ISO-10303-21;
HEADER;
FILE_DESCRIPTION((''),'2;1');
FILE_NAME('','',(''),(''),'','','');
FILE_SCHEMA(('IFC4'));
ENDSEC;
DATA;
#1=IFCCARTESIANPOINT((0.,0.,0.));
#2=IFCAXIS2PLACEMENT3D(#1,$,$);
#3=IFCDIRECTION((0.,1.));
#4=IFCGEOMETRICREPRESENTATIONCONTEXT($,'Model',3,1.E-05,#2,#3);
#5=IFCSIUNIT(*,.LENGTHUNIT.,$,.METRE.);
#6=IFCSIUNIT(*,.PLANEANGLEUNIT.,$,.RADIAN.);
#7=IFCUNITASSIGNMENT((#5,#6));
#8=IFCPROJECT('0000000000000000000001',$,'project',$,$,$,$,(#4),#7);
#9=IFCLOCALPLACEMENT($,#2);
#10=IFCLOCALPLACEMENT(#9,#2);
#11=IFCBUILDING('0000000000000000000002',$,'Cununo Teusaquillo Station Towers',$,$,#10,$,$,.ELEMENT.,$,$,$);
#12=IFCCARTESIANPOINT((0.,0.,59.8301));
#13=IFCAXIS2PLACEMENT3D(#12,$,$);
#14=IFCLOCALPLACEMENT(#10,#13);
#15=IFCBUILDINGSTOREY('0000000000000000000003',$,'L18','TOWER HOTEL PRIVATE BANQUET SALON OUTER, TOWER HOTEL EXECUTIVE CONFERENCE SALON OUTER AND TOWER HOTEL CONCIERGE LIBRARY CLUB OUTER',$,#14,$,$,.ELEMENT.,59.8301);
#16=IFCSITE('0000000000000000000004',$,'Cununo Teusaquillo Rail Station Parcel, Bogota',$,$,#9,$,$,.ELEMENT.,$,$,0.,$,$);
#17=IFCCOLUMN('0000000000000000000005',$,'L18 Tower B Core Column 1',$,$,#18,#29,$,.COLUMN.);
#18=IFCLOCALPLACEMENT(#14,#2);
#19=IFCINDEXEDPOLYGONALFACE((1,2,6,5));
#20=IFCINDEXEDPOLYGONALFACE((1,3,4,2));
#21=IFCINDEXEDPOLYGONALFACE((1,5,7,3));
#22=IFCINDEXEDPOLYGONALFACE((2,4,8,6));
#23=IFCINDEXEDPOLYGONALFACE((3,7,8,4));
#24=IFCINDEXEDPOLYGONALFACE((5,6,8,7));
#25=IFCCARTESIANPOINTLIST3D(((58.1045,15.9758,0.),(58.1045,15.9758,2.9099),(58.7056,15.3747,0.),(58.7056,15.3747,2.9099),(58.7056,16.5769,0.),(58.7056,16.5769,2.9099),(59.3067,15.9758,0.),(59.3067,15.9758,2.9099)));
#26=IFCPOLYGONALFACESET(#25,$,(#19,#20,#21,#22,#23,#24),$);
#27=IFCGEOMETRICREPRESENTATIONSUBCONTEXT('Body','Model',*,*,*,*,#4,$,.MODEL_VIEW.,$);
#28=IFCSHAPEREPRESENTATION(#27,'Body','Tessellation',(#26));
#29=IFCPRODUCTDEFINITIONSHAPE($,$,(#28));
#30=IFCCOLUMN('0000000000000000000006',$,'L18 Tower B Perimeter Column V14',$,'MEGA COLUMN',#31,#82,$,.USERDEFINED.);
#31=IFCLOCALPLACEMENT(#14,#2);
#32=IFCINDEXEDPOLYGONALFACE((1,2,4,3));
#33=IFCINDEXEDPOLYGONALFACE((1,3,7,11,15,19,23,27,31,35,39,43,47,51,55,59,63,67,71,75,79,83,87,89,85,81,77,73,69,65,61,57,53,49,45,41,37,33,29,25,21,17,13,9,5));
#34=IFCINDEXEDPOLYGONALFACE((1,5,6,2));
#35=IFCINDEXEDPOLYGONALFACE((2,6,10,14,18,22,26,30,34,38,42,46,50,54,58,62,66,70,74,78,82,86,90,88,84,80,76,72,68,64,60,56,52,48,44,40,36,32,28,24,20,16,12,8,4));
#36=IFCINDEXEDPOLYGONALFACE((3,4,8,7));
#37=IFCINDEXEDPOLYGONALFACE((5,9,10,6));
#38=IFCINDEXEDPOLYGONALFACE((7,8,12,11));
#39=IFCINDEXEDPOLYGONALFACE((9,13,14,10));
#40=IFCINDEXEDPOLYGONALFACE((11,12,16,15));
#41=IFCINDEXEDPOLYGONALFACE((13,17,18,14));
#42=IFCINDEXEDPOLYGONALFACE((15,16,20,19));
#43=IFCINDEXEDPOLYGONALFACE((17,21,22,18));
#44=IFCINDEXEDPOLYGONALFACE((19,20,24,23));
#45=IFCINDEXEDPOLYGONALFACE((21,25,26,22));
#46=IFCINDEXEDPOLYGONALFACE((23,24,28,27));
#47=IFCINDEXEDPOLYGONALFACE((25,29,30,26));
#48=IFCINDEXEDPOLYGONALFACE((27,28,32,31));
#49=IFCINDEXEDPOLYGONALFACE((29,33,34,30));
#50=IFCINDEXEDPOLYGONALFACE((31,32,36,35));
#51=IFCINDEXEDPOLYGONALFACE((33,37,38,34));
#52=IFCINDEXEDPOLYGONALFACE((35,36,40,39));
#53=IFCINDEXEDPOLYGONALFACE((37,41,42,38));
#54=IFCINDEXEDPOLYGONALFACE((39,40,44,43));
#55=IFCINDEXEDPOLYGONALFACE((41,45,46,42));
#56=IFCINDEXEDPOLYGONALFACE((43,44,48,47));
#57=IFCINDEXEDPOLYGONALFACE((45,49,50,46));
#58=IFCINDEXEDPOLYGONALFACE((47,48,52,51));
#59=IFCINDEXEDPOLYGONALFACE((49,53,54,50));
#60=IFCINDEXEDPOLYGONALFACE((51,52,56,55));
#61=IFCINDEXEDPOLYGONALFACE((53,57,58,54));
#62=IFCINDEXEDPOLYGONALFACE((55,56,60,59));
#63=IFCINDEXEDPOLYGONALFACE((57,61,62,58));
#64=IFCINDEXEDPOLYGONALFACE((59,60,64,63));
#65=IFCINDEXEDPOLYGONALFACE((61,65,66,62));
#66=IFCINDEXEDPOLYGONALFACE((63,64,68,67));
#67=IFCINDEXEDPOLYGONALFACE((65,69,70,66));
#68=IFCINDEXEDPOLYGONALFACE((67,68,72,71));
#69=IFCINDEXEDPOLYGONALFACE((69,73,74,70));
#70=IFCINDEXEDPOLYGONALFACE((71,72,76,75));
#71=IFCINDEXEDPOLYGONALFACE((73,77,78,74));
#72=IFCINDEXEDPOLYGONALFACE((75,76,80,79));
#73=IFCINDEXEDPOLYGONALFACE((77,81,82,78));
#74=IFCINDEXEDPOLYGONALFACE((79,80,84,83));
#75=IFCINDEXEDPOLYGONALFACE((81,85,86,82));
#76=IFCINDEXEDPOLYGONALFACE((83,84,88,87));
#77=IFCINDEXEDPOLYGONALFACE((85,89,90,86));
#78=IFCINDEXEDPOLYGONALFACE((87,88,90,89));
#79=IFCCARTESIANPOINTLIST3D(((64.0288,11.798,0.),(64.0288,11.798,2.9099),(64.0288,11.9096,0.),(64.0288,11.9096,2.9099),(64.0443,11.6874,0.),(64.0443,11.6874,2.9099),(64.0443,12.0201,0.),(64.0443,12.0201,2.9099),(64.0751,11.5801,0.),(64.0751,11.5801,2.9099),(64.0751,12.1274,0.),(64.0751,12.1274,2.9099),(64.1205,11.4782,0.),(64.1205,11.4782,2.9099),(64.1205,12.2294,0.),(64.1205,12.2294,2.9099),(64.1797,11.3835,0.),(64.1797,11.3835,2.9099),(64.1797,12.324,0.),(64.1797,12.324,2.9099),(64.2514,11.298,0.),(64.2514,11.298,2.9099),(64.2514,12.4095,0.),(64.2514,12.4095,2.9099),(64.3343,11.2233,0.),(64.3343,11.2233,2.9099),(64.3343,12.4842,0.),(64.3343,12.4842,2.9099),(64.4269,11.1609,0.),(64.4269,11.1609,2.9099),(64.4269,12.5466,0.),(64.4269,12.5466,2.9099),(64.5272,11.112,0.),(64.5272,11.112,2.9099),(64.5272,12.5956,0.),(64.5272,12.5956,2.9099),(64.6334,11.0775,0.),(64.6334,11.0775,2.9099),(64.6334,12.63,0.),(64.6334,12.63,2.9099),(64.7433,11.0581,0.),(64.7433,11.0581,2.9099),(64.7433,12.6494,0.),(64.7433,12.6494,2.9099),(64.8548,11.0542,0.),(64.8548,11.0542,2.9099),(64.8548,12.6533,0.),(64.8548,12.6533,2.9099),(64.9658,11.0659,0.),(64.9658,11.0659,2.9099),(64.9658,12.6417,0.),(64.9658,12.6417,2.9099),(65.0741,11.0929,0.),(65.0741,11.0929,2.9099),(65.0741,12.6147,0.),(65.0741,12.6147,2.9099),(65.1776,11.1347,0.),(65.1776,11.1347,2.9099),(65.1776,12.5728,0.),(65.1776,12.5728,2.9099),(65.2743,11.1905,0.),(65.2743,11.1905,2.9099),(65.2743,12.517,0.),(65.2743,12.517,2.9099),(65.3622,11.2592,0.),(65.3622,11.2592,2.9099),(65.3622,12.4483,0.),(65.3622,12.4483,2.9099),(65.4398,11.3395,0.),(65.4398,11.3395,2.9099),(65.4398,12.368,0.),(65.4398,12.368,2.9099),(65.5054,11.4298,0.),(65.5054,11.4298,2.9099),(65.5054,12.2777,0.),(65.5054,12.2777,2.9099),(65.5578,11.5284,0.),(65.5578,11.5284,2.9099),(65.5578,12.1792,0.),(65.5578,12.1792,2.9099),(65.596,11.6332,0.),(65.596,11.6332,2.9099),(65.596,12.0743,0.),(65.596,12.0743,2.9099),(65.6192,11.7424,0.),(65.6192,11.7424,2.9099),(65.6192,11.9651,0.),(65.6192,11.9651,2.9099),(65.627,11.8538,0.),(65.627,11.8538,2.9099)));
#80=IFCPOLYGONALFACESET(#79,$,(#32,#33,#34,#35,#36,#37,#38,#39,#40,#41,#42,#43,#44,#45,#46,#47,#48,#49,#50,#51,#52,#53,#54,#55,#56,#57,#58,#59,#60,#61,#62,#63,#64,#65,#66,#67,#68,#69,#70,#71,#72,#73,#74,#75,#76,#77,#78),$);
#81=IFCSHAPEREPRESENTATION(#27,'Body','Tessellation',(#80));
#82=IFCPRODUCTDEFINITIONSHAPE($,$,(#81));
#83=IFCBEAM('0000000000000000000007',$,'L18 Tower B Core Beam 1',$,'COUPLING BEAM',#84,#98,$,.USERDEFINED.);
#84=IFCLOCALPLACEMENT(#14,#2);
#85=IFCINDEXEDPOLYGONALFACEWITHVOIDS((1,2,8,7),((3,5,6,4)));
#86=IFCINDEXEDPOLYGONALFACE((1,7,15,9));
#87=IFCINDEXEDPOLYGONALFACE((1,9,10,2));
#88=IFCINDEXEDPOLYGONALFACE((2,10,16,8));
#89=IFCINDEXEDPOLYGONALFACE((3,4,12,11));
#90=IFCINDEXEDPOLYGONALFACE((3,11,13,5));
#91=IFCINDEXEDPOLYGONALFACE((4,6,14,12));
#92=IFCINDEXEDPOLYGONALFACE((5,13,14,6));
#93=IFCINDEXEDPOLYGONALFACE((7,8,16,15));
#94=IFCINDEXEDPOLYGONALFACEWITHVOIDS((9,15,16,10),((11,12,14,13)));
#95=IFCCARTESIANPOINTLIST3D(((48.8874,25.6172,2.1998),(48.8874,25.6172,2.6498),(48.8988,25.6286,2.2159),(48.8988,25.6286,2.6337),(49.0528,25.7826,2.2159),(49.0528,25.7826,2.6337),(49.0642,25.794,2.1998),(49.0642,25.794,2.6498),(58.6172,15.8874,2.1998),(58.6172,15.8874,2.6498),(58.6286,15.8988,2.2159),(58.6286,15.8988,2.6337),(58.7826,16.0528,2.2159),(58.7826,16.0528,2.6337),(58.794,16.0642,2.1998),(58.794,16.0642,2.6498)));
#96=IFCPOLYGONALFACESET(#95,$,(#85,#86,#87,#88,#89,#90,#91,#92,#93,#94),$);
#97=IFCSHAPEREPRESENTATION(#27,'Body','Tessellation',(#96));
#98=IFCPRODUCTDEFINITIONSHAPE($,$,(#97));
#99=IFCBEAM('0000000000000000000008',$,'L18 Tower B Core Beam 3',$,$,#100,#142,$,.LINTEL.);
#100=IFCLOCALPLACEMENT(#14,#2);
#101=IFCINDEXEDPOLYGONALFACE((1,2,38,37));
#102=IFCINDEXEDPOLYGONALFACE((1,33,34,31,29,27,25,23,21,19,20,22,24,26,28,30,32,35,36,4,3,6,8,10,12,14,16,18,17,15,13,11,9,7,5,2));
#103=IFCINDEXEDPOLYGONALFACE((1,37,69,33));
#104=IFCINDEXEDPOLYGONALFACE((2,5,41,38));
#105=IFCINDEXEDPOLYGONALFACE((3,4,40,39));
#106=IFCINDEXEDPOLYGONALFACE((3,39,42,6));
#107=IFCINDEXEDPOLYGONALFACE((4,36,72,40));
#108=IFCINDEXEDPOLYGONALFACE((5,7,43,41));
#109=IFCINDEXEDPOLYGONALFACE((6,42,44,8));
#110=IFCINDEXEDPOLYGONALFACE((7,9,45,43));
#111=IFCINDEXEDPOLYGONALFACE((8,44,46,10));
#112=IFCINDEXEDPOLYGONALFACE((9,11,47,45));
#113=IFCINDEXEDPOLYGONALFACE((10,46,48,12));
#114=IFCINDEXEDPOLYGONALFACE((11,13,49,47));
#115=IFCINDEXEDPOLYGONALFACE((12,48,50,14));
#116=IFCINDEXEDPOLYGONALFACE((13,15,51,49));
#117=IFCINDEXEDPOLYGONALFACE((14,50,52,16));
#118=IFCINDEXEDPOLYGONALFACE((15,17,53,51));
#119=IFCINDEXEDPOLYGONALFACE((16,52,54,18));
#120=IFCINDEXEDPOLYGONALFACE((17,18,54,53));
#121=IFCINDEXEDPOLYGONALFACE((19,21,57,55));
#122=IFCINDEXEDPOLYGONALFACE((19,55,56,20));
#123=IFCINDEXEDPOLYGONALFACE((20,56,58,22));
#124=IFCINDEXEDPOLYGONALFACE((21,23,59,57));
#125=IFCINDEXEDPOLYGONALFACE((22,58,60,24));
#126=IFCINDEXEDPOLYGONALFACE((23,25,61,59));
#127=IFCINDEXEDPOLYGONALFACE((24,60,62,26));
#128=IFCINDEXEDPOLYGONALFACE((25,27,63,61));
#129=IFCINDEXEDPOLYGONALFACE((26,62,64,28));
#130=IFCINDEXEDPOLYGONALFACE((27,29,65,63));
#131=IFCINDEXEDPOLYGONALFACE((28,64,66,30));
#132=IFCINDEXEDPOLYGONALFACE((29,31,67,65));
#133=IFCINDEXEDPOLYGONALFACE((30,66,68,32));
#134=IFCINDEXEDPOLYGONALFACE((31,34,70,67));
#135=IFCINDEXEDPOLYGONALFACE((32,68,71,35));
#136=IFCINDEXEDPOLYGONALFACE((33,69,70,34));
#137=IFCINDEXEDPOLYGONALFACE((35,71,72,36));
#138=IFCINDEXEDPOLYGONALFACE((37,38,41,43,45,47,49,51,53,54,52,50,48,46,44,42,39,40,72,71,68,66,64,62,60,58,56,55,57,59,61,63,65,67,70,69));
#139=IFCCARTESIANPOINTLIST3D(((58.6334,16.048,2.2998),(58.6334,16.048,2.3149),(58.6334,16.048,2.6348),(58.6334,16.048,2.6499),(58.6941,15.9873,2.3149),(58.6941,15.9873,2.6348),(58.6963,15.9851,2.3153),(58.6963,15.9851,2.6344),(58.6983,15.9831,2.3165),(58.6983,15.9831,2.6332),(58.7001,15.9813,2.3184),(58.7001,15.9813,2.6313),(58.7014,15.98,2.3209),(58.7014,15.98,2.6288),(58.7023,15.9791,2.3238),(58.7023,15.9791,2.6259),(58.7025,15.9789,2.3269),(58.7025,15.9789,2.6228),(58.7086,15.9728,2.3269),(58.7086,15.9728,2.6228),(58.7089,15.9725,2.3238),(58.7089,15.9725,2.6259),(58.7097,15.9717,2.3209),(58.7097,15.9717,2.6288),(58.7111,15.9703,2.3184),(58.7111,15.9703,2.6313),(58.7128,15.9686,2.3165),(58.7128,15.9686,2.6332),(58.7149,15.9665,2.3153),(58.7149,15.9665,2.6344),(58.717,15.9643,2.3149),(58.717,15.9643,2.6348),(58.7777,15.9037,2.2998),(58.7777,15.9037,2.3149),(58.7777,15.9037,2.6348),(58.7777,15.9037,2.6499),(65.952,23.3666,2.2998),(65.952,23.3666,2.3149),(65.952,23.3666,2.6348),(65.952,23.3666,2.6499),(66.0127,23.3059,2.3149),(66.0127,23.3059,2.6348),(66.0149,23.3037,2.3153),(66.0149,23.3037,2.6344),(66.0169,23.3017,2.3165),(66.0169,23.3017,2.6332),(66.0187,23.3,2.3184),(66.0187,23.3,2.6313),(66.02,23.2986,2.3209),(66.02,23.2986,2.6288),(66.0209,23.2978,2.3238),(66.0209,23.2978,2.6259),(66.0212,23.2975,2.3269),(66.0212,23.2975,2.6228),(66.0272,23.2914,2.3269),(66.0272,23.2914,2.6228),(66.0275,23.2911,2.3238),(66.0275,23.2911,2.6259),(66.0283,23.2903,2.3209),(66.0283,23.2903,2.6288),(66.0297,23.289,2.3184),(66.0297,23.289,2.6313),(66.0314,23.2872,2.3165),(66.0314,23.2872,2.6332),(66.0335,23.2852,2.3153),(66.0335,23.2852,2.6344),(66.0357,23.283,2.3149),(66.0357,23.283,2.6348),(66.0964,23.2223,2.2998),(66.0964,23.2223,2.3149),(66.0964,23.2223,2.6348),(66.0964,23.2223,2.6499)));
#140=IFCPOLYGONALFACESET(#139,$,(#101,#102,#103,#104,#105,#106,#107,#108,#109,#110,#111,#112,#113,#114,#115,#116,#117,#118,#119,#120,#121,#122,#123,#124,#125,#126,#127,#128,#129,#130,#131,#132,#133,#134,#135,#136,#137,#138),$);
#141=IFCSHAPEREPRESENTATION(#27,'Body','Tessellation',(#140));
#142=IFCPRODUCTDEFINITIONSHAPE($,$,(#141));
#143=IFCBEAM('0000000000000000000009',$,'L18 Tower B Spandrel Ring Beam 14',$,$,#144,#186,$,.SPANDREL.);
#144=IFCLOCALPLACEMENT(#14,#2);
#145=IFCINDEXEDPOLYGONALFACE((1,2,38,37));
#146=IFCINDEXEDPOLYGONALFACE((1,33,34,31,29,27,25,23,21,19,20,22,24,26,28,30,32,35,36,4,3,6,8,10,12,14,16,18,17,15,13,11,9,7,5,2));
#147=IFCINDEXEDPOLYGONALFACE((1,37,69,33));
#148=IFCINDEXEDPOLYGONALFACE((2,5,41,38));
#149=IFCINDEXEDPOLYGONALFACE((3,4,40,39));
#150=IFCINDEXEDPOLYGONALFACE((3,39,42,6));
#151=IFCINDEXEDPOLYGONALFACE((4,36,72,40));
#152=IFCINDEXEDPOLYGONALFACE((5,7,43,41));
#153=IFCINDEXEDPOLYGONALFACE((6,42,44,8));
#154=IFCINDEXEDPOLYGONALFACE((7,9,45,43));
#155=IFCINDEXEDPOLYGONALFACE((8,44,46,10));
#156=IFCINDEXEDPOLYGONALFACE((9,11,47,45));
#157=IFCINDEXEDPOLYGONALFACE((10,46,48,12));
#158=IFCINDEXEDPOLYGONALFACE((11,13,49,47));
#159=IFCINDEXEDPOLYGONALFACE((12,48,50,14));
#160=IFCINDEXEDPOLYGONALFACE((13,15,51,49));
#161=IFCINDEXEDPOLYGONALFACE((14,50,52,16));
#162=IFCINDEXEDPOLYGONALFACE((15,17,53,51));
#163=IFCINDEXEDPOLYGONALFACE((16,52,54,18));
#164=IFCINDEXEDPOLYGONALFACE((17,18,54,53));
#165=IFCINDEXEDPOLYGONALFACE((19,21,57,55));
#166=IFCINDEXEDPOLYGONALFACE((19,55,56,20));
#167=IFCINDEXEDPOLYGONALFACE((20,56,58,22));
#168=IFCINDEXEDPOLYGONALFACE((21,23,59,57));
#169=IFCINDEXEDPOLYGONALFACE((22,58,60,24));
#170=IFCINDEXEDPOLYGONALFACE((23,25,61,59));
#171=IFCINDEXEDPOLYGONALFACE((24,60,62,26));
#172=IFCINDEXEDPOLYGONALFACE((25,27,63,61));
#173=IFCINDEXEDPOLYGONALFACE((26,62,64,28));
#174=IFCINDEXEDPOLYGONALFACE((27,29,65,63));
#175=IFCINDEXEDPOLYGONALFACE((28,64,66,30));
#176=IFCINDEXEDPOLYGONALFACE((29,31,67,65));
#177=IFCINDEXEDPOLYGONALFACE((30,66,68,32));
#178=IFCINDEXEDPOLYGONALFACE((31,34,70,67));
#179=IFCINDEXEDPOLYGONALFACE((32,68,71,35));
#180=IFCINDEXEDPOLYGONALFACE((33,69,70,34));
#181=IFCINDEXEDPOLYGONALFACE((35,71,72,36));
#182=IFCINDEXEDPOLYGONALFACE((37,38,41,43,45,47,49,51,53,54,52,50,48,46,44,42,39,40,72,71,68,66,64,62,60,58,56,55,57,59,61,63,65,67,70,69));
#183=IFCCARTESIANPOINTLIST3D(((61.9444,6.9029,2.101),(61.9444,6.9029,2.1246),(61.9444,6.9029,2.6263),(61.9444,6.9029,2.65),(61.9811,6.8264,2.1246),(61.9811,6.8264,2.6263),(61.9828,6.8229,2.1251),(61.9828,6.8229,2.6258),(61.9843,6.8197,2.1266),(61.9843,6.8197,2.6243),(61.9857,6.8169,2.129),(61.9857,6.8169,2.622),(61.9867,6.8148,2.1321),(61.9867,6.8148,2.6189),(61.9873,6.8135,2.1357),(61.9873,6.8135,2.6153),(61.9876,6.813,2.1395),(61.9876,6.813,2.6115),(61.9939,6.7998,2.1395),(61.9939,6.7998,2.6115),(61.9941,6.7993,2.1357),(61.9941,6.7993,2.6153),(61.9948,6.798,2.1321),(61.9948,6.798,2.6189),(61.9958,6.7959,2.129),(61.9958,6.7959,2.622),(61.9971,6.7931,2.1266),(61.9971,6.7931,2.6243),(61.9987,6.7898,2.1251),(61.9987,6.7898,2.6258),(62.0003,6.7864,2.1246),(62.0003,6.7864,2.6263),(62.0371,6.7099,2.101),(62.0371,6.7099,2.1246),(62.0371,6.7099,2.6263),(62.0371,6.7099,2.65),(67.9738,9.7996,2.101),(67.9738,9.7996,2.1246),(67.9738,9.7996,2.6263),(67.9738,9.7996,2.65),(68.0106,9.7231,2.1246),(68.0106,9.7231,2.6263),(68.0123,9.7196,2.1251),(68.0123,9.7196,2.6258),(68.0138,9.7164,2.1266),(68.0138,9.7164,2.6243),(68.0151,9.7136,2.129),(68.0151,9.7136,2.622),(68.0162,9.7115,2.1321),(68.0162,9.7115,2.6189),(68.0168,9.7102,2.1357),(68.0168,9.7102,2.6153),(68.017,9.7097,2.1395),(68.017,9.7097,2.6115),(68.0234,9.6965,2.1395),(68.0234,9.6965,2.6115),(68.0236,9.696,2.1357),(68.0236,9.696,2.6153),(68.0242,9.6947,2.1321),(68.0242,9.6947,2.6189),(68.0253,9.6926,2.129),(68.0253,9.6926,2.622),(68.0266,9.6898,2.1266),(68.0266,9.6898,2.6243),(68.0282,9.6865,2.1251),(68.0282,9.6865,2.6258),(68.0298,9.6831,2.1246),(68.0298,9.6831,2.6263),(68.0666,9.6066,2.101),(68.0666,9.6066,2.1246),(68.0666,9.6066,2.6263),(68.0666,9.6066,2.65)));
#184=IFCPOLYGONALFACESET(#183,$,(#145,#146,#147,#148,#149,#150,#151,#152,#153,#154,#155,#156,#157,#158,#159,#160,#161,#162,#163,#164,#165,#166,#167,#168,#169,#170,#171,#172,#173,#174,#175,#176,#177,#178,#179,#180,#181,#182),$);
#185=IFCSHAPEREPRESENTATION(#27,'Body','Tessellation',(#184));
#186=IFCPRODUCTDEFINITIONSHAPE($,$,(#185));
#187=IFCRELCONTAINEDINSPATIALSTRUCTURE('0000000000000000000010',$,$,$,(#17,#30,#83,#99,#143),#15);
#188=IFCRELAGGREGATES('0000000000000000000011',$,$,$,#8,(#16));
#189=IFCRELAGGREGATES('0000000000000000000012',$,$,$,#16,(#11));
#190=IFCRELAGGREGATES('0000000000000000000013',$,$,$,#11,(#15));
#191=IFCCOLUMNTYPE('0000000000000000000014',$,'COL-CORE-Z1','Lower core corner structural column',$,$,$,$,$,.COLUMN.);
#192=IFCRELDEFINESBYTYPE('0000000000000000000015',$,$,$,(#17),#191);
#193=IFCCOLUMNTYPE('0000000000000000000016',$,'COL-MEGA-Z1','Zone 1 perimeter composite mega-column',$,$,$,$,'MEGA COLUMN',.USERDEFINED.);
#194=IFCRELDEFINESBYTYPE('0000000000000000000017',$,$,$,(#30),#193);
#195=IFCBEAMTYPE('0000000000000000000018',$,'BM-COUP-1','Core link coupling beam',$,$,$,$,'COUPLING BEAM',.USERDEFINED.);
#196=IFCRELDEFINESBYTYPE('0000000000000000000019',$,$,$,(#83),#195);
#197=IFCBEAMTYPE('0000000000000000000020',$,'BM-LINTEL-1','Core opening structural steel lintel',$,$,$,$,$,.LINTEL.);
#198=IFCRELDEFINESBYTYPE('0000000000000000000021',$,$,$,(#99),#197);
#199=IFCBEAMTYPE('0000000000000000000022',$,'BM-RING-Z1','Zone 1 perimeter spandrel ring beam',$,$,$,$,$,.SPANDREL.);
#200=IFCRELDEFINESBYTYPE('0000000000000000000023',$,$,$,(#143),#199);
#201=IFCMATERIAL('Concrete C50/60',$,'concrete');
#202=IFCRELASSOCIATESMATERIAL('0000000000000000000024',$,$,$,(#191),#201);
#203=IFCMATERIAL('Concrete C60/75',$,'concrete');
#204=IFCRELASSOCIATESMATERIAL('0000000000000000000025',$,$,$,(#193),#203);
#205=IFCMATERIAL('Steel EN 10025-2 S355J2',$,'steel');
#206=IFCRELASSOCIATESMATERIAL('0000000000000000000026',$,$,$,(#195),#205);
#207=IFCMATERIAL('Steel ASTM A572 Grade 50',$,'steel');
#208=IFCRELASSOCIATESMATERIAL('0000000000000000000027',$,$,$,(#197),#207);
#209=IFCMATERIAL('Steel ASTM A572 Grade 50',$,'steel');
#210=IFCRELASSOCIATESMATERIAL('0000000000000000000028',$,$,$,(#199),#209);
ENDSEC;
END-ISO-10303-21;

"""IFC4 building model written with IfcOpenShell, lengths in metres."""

from ifc_helpers import new_model, si_unit, direction, frame, origin, origin_2d, place, context, subcontext, project, spatial, rectangle, hollow_rectangle, circle, i_section, extrude, material, material_profile, profile_set, type_object, element, save


model = new_model("IFC4")

# Units and contexts
model_context = context("Model", 3, precision=1e-05, world=origin(), true_north=direction((0.0, 1.0)))
body_context = subcontext(model_context, "Body", "Model", "MODEL_VIEW")
ifc_project = project(units=[si_unit("LENGTHUNIT", "METRE"), si_unit("PLANEANGLEUNIT", "RADIAN")], contexts=[model_context])

# Site, building, storey
site_placement = place(None, origin())
site = spatial("IfcSite", under=ifc_project, at=site_placement, Name="Cununo Teusaquillo Rail Station Parcel, Bogota", CompositionType="ELEMENT", RefElevation=0.0)
building_placement = place(site_placement, origin())
building = spatial("IfcBuilding", under=site, at=building_placement, Name="Cununo Teusaquillo Station Towers", CompositionType="ELEMENT")
storey_placement = place(building_placement, frame((0.0, 0.0, 59.8301)))
storey = spatial("IfcBuildingStorey", under=building, at=storey_placement, Name="L18", Description="TOWER HOTEL PRIVATE BANQUET SALON OUTER, TOWER HOTEL EXECUTIVE CONFERENCE SALON OUTER AND TOWER HOTEL CONCIERGE LIBRARY CLUB OUTER", CompositionType="ELEMENT", Elevation=59.8301)

# Columns
ifc_material_1 = material(Name="Concrete C50/60", Category="concrete")
ifc_material_profile_1 = material_profile(ifc_material_1, rectangle(XDim=0.8501, YDim=0.8501, at=origin_2d()), Name="RC-RECT-850x850")
ifc_profile_set_1 = profile_set([ifc_material_profile_1], Name="Concrete C50/60")
column_type_1 = type_object("IfcColumnType", Name="COL-CORE-Z1", Description="Lower core corner structural column", PredefinedType="COLUMN", material=ifc_profile_set_1)
column_1_placement = place(storey_placement, frame((58.7056, 15.9758, 0.0), z_axis=(0.0, 0.0, 1.0), x_axis=(0.707107, 0.707107, 0.0)))
element("IfcColumn", 1, at=column_1_placement, inside=storey, type_object=column_type_1, Name="L18 Tower B Core Column 1", PredefinedType="COLUMN", context=body_context, shape_type="SweptSolid", body=[
    extrude(rectangle(XDim=0.8501, YDim=0.8501, at=origin_2d()), origin(), (0.0, 0.0, 1.0), 2.9099),
])
ifc_material_2 = material(Name="Concrete C60/75", Category="concrete")
ifc_material_profile_2 = material_profile(ifc_material_2, circle(Radius=0.8, at=origin_2d()), Name="RC-CIRC-1600")
ifc_profile_set_2 = profile_set([ifc_material_profile_2], Name="Concrete C60/75")
column_type_2 = type_object("IfcColumnType", Name="COL-MEGA-Z1", Description="Zone 1 perimeter composite mega-column", ElementType="MEGA COLUMN", PredefinedType="USERDEFINED", material=ifc_profile_set_2)
column_2_placement = place(storey_placement, frame((64.8269, 11.8538, 0.0), z_axis=(0.0, 0.0, 1.0), x_axis=(1.0, 0.0, 0.0)))
element("IfcColumn", 2, at=column_2_placement, inside=storey, type_object=column_type_2, Name="L18 Tower B Perimeter Column V14", ObjectType="MEGA COLUMN", PredefinedType="USERDEFINED", context=body_context, shape_type="SweptSolid", body=[
    extrude(circle(Radius=0.8, at=origin_2d()), origin(), (0.0, 0.0, 1.0), 2.9099),
])

# Beams
ifc_material_3 = material(Name="Steel EN 10025-2 S355J2", Category="steel")
ifc_material_profile_3 = material_profile(ifc_material_3, hollow_rectangle(XDim=0.25, YDim=0.45, WallThickness=0.0161, at=origin_2d()), Name="RHS 450x250x16")
ifc_profile_set_3 = profile_set([ifc_material_profile_3], Name="Steel EN 10025-2 S355J2")
beam_type_1 = type_object("IfcBeamType", Name="BM-COUP-1", Description="Core link coupling beam", ElementType="COUPLING BEAM", PredefinedType="USERDEFINED", material=ifc_profile_set_3)
beam_1_placement = place(storey_placement, frame((58.7056, 15.9758, 2.4248), z_axis=(-0.707107, 0.707107, 0.0), x_axis=(-0.707107, -0.707107, 0.0)))
element("IfcBeam", 3, at=beam_1_placement, inside=storey, type_object=beam_type_1, Name="L18 Tower B Core Beam 1", ObjectType="COUPLING BEAM", PredefinedType="USERDEFINED", context=body_context, shape_type="SweptSolid", body=[
    extrude(hollow_rectangle(XDim=0.25, YDim=0.45, WallThickness=0.0161, at=origin_2d()), origin(), (0.0, 0.0, 1.0), 13.76),
])
ifc_material_4 = material(Name="Steel ASTM A572 Grade 50", Category="steel")
ifc_material_profile_4 = material_profile(ifc_material_4, i_section(OverallWidth=0.2041, OverallDepth=0.3501, WebThickness=0.0085, FlangeThickness=0.0151, FilletRadius=0.012, at=origin_2d()), Name="W14X48")
ifc_profile_set_4 = profile_set([ifc_material_profile_4], Name="Steel ASTM A572 Grade 50")
beam_type_2 = type_object("IfcBeamType", Name="BM-LINTEL-1", Description="Core opening structural steel lintel", PredefinedType="LINTEL", material=ifc_profile_set_4)
beam_2_placement = place(storey_placement, frame((58.7056, 15.9758, 2.4749), z_axis=(0.707107, 0.707107, 0.0), x_axis=(-0.707107, 0.707107, 0.0)))
element("IfcBeam", 4, at=beam_2_placement, inside=storey, type_object=beam_type_2, Name="L18 Tower B Core Beam 3", PredefinedType="LINTEL", context=body_context, shape_type="SweptSolid", body=[
    extrude(i_section(OverallWidth=0.2041, OverallDepth=0.3501, WebThickness=0.0085, FlangeThickness=0.0151, FilletRadius=0.012, at=origin_2d()), origin(), (0.0, 0.0, 1.0), 10.3501),
])
ifc_material_5 = material(Name="Steel ASTM A572 Grade 50", Category="steel")
ifc_material_profile_5 = material_profile(ifc_material_5, i_section(OverallWidth=0.2141, OverallDepth=0.5491, WebThickness=0.0146, FlangeThickness=0.0237, FilletRadius=0.0149, at=origin_2d()), Name="W21X93")
ifc_profile_set_5 = profile_set([ifc_material_profile_5], Name="Steel ASTM A572 Grade 50")
beam_type_3 = type_object("IfcBeamType", Name="BM-RING-Z1", Description="Zone 1 perimeter spandrel ring beam", PredefinedType="SPANDREL", material=ifc_profile_set_5)
beam_3_placement = place(storey_placement, frame((61.9907, 6.8064, 2.3755), z_axis=(0.901374, 0.433041, 0.0), x_axis=(-0.433041, 0.901374, 0.0)))
element("IfcBeam", 5, at=beam_3_placement, inside=storey, type_object=beam_type_3, Name="L18 Tower B Spandrel Ring Beam 14", PredefinedType="SPANDREL", context=body_context, shape_type="SweptSolid", body=[
    extrude(i_section(OverallWidth=0.2141, OverallDepth=0.5491, WebThickness=0.0146, FlangeThickness=0.0237, FilletRadius=0.0149, at=origin_2d()), origin(), (0.0, 0.0, 1.0), 6.6892),
])

save(model, "model.ifc")
